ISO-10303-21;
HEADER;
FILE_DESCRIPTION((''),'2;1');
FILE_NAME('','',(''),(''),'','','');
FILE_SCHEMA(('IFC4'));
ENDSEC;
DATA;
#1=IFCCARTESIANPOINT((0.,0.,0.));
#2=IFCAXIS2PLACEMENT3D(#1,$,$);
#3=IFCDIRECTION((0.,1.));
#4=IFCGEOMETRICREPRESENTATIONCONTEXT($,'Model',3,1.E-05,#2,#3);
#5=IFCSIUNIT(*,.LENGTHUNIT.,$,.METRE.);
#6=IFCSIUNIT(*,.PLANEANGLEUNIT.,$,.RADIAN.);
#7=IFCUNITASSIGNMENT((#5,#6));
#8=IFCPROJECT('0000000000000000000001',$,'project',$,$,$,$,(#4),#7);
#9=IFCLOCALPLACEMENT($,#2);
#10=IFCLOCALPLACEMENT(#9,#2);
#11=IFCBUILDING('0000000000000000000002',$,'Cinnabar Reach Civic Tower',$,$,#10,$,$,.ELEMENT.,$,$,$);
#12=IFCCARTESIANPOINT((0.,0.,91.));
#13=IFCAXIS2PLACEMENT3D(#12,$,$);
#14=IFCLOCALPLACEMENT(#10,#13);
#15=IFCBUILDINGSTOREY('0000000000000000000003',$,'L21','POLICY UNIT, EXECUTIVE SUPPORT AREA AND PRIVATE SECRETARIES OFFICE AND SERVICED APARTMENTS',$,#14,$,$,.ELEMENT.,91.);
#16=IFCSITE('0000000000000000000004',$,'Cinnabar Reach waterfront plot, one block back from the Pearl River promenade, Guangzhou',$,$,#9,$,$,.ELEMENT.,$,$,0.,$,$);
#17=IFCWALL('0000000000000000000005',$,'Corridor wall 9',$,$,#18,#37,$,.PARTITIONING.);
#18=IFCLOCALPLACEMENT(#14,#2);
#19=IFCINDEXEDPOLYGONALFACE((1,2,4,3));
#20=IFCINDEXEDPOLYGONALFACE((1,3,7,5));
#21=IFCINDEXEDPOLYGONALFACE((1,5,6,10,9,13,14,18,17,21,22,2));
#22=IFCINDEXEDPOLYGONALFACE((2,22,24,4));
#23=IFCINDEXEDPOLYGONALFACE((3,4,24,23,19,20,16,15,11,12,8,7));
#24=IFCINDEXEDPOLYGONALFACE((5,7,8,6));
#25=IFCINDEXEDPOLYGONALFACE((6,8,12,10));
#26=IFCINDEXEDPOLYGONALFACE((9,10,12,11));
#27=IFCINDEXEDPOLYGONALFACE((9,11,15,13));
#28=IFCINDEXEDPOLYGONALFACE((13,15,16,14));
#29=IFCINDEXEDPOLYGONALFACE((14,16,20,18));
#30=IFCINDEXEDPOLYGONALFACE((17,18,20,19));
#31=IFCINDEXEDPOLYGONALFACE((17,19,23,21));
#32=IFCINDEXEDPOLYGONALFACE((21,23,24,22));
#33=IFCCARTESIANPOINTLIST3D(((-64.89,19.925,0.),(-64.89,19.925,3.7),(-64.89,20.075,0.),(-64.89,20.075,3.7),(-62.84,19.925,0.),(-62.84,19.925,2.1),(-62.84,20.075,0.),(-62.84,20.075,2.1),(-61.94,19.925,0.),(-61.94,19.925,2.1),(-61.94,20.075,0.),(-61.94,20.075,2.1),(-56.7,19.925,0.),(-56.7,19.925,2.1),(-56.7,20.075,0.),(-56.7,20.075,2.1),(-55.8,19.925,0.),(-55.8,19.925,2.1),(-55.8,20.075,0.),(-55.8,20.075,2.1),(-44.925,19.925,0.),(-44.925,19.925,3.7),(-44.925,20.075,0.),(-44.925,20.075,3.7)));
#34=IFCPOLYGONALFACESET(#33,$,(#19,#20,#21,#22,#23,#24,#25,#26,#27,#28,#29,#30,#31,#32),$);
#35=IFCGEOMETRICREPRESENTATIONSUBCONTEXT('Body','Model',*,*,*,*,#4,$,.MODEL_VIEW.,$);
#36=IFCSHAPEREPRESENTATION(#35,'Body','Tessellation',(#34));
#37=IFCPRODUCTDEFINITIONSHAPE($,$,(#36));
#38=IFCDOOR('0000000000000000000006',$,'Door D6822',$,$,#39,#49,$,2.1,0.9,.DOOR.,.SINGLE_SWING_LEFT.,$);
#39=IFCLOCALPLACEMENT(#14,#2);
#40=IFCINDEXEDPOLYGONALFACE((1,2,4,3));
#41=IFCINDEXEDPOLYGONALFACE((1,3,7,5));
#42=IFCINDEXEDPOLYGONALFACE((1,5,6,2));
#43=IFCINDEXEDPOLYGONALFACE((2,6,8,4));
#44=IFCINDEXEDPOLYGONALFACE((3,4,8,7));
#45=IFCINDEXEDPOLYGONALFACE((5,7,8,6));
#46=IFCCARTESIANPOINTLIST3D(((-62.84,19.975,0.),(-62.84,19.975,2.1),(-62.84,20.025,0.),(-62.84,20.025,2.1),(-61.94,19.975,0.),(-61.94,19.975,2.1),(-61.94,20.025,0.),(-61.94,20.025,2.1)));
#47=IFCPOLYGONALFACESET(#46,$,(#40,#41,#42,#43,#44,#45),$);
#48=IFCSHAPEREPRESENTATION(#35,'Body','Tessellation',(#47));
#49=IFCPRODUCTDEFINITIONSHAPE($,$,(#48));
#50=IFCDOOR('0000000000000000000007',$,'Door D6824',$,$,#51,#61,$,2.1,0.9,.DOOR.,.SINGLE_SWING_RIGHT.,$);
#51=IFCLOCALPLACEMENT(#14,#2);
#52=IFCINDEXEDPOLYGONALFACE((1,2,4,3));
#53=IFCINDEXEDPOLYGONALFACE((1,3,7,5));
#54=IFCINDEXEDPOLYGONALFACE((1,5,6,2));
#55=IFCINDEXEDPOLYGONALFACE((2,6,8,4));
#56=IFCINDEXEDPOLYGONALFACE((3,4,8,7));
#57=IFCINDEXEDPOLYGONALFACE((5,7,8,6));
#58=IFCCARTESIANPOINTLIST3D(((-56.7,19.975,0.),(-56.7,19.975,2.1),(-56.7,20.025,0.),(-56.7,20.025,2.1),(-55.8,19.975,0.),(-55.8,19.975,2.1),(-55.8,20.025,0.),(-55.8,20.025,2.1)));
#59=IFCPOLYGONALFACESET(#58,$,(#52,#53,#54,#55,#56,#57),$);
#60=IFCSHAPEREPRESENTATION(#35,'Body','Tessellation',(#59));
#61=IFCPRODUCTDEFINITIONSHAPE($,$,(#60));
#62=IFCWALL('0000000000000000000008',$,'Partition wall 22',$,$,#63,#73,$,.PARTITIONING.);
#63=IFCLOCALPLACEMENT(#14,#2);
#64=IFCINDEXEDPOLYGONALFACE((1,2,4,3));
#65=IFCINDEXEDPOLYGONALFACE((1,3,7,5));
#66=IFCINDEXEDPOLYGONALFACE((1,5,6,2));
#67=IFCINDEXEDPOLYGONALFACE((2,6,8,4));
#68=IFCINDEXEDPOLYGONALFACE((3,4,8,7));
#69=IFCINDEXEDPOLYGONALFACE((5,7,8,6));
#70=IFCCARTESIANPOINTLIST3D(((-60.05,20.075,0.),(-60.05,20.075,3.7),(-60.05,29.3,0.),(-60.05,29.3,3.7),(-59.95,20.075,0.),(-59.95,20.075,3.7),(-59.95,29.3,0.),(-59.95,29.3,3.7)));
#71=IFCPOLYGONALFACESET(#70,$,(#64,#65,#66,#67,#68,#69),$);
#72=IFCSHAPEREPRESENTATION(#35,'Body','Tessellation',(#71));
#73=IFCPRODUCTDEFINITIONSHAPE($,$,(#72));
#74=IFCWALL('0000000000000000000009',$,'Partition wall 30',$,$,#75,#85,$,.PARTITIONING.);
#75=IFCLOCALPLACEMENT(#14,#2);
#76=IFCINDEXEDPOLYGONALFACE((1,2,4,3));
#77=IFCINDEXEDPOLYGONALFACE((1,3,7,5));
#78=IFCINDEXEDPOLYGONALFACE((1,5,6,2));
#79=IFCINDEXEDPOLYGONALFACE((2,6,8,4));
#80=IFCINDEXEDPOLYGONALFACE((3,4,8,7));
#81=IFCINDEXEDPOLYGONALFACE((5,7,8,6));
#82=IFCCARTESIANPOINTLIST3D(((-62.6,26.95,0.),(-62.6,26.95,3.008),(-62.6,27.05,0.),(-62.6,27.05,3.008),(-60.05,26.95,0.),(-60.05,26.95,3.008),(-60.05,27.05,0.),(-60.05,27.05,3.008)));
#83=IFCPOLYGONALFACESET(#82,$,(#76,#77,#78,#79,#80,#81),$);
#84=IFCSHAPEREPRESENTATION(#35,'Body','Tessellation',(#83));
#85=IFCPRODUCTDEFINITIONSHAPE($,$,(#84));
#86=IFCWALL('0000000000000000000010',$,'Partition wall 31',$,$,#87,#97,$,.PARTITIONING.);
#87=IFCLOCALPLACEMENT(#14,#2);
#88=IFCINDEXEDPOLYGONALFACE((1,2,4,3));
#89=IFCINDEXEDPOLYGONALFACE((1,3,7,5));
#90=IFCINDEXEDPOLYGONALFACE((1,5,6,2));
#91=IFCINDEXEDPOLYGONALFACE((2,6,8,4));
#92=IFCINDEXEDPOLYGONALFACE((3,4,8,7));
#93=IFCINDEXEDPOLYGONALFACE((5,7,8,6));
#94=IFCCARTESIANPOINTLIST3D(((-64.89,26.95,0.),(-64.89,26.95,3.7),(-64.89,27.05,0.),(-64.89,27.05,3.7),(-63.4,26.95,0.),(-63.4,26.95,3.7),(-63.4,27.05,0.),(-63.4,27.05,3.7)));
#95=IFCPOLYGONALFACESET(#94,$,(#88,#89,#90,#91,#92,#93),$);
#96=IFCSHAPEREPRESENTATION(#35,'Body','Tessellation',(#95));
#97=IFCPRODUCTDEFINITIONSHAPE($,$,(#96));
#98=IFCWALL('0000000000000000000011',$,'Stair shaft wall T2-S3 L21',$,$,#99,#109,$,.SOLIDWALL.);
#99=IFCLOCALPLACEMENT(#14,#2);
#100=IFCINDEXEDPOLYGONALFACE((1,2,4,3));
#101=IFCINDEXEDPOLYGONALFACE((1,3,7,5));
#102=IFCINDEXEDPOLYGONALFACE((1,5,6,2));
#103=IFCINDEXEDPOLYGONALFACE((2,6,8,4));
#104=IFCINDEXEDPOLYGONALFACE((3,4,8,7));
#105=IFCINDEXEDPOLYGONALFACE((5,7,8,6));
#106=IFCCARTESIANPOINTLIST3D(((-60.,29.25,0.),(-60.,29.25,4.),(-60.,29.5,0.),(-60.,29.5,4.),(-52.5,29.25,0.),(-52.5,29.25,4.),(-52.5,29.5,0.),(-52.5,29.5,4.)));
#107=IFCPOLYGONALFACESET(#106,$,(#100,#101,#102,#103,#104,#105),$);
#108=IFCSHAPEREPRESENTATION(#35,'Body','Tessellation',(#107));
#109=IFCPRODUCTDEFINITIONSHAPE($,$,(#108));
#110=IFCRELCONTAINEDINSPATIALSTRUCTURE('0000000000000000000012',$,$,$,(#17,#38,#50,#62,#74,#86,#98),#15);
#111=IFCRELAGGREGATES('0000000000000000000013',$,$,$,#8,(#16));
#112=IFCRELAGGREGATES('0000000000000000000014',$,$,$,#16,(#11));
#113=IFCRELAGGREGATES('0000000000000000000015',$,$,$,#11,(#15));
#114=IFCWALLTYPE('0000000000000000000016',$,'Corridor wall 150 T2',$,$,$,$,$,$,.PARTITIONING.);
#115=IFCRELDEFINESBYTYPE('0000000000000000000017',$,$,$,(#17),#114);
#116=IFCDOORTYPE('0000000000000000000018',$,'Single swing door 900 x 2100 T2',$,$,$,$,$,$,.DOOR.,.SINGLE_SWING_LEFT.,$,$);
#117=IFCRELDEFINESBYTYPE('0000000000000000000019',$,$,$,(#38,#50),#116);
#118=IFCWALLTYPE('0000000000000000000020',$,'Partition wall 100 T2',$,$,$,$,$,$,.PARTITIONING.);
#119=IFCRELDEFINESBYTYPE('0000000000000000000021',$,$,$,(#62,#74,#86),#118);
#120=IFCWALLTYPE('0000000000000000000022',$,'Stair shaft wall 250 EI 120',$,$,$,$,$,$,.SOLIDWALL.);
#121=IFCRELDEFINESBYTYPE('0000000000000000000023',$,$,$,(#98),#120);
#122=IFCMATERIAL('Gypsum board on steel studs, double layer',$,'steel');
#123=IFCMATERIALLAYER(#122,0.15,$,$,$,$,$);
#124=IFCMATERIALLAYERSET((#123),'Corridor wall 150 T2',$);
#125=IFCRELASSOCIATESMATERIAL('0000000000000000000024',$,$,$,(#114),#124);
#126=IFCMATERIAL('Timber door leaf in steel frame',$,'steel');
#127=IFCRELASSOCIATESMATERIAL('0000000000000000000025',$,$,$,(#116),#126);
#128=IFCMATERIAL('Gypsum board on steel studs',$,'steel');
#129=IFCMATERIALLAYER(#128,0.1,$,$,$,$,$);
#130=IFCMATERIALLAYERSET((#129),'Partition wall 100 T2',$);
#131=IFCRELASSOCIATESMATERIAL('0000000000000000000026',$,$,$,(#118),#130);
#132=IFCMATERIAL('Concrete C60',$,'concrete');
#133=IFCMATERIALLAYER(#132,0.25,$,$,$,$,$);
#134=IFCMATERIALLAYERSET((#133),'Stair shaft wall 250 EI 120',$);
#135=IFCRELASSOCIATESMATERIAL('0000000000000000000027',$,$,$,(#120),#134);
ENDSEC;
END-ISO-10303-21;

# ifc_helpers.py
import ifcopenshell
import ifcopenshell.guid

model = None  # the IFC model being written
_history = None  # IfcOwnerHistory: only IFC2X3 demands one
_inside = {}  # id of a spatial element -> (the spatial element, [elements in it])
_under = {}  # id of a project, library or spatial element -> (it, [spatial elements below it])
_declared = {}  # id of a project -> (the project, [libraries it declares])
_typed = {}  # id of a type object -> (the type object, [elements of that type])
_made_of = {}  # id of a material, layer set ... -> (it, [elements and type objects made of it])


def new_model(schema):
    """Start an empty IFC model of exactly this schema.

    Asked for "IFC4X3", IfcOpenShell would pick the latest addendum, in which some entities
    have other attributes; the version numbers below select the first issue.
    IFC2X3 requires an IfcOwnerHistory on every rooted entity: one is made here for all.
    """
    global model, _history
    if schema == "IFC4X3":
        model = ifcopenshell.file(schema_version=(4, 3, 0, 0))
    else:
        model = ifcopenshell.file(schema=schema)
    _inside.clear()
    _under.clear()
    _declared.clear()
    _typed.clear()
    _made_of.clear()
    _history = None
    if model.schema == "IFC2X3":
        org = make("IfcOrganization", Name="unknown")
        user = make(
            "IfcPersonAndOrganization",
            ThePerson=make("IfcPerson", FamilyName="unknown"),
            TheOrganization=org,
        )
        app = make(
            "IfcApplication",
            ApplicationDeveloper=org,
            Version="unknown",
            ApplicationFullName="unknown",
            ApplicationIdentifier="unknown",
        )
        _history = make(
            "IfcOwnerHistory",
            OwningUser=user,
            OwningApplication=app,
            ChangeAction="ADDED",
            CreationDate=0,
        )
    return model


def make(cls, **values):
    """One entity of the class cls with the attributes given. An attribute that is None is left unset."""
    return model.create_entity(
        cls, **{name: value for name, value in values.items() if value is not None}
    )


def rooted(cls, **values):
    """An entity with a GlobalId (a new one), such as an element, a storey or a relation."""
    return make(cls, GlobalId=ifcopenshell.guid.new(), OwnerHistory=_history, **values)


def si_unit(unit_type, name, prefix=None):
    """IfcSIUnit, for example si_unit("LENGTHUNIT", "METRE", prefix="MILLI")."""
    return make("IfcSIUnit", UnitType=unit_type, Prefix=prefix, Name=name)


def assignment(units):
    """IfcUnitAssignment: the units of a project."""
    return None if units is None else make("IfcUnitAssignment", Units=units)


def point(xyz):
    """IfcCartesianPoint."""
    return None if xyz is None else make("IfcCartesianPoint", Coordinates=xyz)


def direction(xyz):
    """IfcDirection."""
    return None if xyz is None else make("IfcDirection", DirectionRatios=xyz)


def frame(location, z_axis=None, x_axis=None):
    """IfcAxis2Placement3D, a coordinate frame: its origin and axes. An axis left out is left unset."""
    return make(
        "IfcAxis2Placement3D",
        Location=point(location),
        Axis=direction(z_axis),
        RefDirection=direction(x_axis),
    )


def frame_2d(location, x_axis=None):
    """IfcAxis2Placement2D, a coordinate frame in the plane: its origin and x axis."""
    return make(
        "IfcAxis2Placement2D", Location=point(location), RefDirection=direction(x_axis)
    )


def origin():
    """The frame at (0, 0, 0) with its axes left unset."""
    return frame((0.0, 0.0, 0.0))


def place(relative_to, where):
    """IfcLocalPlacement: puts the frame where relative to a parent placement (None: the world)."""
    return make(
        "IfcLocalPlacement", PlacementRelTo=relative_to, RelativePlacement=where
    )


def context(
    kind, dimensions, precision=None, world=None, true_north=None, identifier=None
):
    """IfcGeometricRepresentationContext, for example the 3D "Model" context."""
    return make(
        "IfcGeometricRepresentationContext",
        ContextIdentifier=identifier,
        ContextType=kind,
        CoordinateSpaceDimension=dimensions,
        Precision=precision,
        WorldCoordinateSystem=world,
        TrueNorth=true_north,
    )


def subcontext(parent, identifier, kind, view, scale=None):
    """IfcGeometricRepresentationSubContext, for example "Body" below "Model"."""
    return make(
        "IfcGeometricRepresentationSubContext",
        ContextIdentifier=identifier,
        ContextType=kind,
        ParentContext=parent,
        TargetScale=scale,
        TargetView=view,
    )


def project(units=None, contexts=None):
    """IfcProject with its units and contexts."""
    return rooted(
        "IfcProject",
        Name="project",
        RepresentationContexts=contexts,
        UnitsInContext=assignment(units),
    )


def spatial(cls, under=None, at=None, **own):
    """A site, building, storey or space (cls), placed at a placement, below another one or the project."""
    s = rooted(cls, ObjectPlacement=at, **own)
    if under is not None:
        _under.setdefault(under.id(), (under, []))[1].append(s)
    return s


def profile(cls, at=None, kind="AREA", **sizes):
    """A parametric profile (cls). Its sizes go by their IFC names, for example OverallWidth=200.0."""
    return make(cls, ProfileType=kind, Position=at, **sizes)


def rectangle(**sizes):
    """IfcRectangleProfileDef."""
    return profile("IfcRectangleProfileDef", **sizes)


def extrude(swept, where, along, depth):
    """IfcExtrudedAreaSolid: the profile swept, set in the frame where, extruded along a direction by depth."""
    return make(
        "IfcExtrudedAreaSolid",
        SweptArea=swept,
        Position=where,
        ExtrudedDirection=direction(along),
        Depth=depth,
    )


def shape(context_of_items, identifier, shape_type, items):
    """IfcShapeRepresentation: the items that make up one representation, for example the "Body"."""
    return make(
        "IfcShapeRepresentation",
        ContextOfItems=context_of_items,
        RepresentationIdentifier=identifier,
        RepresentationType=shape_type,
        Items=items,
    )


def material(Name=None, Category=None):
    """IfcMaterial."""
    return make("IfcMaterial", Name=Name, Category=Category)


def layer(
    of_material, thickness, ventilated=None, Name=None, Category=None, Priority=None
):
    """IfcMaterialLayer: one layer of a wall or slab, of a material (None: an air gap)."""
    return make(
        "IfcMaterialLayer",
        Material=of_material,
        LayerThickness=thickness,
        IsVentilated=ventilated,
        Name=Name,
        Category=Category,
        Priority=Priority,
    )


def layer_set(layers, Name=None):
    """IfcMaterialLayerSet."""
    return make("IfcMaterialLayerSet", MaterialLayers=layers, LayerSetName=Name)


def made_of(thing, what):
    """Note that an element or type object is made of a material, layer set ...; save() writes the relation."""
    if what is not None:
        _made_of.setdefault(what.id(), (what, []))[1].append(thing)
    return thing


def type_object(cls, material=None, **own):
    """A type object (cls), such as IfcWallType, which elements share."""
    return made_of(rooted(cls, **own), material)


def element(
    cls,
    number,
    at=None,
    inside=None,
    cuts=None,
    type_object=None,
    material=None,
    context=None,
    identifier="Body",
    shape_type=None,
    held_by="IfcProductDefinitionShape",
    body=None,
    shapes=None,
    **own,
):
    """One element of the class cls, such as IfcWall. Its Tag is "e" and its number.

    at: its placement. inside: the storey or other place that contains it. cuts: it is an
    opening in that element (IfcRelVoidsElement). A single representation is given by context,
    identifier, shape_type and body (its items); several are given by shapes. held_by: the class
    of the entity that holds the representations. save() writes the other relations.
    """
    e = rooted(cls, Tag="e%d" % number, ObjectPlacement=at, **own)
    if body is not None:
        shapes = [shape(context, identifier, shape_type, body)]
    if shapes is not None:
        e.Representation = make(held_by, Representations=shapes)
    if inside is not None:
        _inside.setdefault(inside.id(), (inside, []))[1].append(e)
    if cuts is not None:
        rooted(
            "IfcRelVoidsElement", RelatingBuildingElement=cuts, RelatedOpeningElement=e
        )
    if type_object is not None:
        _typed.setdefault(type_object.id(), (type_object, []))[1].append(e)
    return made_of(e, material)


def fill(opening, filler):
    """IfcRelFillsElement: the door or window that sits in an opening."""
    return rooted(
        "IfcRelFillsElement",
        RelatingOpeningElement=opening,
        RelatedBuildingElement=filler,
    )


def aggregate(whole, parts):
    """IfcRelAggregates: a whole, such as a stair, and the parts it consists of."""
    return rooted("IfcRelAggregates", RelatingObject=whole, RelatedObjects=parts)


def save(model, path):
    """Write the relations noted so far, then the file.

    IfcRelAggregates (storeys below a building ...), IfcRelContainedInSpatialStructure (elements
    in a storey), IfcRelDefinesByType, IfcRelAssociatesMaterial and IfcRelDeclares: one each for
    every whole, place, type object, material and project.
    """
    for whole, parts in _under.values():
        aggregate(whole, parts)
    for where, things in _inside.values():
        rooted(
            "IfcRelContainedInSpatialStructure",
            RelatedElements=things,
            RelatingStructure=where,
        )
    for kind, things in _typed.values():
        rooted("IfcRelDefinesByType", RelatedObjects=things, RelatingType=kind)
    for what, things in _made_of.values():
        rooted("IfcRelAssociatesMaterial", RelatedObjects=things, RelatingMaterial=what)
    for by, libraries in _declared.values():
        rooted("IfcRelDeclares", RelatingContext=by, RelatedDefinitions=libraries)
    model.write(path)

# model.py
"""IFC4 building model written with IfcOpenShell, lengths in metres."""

from ifc_helpers import new_model, si_unit, direction, frame, frame_2d, origin, place, context, subcontext, project, spatial, rectangle, extrude, material, layer, layer_set, type_object, element, fill, save


model = new_model("IFC4")

# Units and contexts
model_context = context("Model", 3, precision=1e-05, world=origin(), true_north=direction((0.0, 1.0)))
body_context = subcontext(model_context, "Body", "Model", "MODEL_VIEW")
ifc_project = project(units=[si_unit("LENGTHUNIT", "METRE"), si_unit("PLANEANGLEUNIT", "RADIAN")], contexts=[model_context])

# Site, building, storey
site_placement = place(None, origin())
site = spatial("IfcSite", under=ifc_project, at=site_placement, Name="Cinnabar Reach waterfront plot, one block back from the Pearl River promenade, Guangzhou", CompositionType="ELEMENT", RefElevation=0.0)
building_placement = place(site_placement, origin())
building = spatial("IfcBuilding", under=site, at=building_placement, Name="Cinnabar Reach Civic Tower", CompositionType="ELEMENT")
storey_placement = place(building_placement, frame((0.0, 0.0, 91.0)))
storey = spatial("IfcBuildingStorey", under=building, at=storey_placement, Name="L21", Description="POLICY UNIT, EXECUTIVE SUPPORT AREA AND PRIVATE SECRETARIES OFFICE AND SERVICED APARTMENTS", CompositionType="ELEMENT", Elevation=91.0)

# Shared definitions
ifc_material_1 = material(Name="Concrete C60", Category="concrete")

# Shared definitions
ifc_material_2 = material(Name="Gypsum board on steel studs, double layer", Category="steel")
ifc_layer_1 = layer(ifc_material_2, 0.15)
ifc_layer_set_1 = layer_set([ifc_layer_1], Name="Corridor wall 150 T2")
wall_type_1 = type_object("IfcWallType", Name="Corridor wall 150 T2", PredefinedType="PARTITIONING", material=ifc_layer_set_1)
ifc_material_3 = material(Name="Timber door leaf in steel frame", Category="steel")
door_type = type_object("IfcDoorType", Name="Single swing door 900 x 2100 T2", OperationType="SINGLE_SWING_LEFT", PredefinedType="DOOR", material=ifc_material_3)

# Wall, openings, doors
wall_1_placement = place(storey_placement, frame((-64.89, 20.0, 0.0), z_axis=(0.0, 0.0, 1.0), x_axis=(1.0, 0.0, 0.0)))
wall_1 = element("IfcWall", 1, at=wall_1_placement, inside=storey, type_object=wall_type_1, Name="Corridor wall 9", PredefinedType="PARTITIONING", context=body_context, shape_type="SweptSolid", body=[
    extrude(rectangle(XDim=19.965, YDim=0.15, at=frame_2d((9.9825, 0.0))), origin(), (0.0, 0.0, 1.0), 3.7),
])
opening_1_placement = place(wall_1_placement, frame((2.05, 0.0, 0.0)))
opening_1 = element("IfcOpeningElement", 2, at=opening_1_placement, cuts=wall_1, PredefinedType="OPENING", context=body_context, shape_type="SweptSolid", body=[
    extrude(rectangle(XDim=0.9, YDim=2.1, at=frame_2d((0.45, 1.05))), frame((0.0, 0.085, 0.0), z_axis=(0.0, -1.0, 0.0), x_axis=(1.0, 0.0, 0.0)), (0.0, 0.0, 1.0), 0.17),
])
opening_2_placement = place(wall_1_placement, frame((8.19, 0.0, 0.0)))
opening_2 = element("IfcOpeningElement", 3, at=opening_2_placement, cuts=wall_1, PredefinedType="OPENING", context=body_context, shape_type="SweptSolid", body=[
    extrude(rectangle(XDim=0.9, YDim=2.1, at=frame_2d((0.45, 1.05))), frame((0.0, 0.085, 0.0), z_axis=(0.0, -1.0, 0.0), x_axis=(1.0, 0.0, 0.0)), (0.0, 0.0, 1.0), 0.17),
])
door_1_placement = place(opening_1_placement, origin())
door_1 = element("IfcDoor", 4, at=door_1_placement, inside=storey, type_object=door_type, Name="Door D6822", OperationType="SINGLE_SWING_LEFT", OverallHeight=2.1, OverallWidth=0.9, PredefinedType="DOOR", context=body_context, shape_type="SweptSolid", body=[
    extrude(rectangle(XDim=0.9, YDim=2.1, at=frame_2d((0.45, 1.05))), frame((0.0, 0.025, 0.0), z_axis=(0.0, -1.0, 0.0), x_axis=(1.0, 0.0, 0.0)), (0.0, 0.0, 1.0), 0.05),
])
fill(opening_1, door_1)
door_2_placement = place(opening_2_placement, origin())
door_2 = element("IfcDoor", 5, at=door_2_placement, inside=storey, type_object=door_type, Name="Door D6824", OperationType="SINGLE_SWING_RIGHT", OverallHeight=2.1, OverallWidth=0.9, PredefinedType="DOOR", context=body_context, shape_type="SweptSolid", body=[
    extrude(rectangle(XDim=0.9, YDim=2.1, at=frame_2d((0.45, 1.05))), frame((0.0, 0.025, 0.0), z_axis=(0.0, -1.0, 0.0), x_axis=(1.0, 0.0, 0.0)), (0.0, 0.0, 1.0), 0.05),
])
fill(opening_2, door_2)

# Walls
ifc_material_4 = material(Name="Gypsum board on steel studs", Category="steel")
ifc_layer_2 = layer(ifc_material_4, 0.1)
ifc_layer_set_2 = layer_set([ifc_layer_2], Name="Partition wall 100 T2")
wall_type_2 = type_object("IfcWallType", Name="Partition wall 100 T2", PredefinedType="PARTITIONING", material=ifc_layer_set_2)
wall_2_placement = place(storey_placement, frame((-60.0, 20.075, 0.0), z_axis=(0.0, 0.0, 1.0), x_axis=(0.0, 1.0, 0.0)))
element("IfcWall", 6, at=wall_2_placement, inside=storey, type_object=wall_type_2, Name="Partition wall 22", PredefinedType="PARTITIONING", context=body_context, shape_type="SweptSolid", body=[
    extrude(rectangle(XDim=9.225, YDim=0.1, at=frame_2d((4.6125, 0.0))), origin(), (0.0, 0.0, 1.0), 3.7),
])
wall_3_placement = place(storey_placement, frame((-62.6, 27.0, 0.0), z_axis=(0.0, 0.0, 1.0), x_axis=(1.0, 0.0, 0.0)))
element("IfcWall", 7, at=wall_3_placement, inside=storey, type_object=wall_type_2, Name="Partition wall 30", PredefinedType="PARTITIONING", context=body_context, shape_type="SweptSolid", body=[
    extrude(rectangle(XDim=2.55, YDim=0.1, at=frame_2d((1.275, 0.0))), origin(), (0.0, 0.0, 1.0), 3.008),
])
wall_4_placement = place(storey_placement, frame((-64.89, 27.0, 0.0), z_axis=(0.0, 0.0, 1.0), x_axis=(1.0, 0.0, 0.0)))
element("IfcWall", 8, at=wall_4_placement, inside=storey, type_object=wall_type_2, Name="Partition wall 31", PredefinedType="PARTITIONING", context=body_context, shape_type="SweptSolid", body=[
    extrude(rectangle(XDim=1.49, YDim=0.1, at=frame_2d((0.745, 0.0))), origin(), (0.0, 0.0, 1.0), 3.7),
])
ifc_layer_3 = layer(ifc_material_1, 0.25)
ifc_layer_set_3 = layer_set([ifc_layer_3], Name="Stair shaft wall 250 EI 120")
wall_type_3 = type_object("IfcWallType", Name="Stair shaft wall 250 EI 120", PredefinedType="SOLIDWALL", material=ifc_layer_set_3)
wall_5_placement = place(storey_placement, frame((-60.0, 29.375, 0.0), z_axis=(0.0, 0.0, 1.0), x_axis=(1.0, 0.0, 0.0)))
element("IfcWall", 9, at=wall_5_placement, inside=storey, type_object=wall_type_3, Name="Stair shaft wall T2-S3 L21", PredefinedType="SOLIDWALL", context=body_context, shape_type="SweptSolid", body=[
    extrude(rectangle(XDim=7.5, YDim=0.25, at=frame_2d((3.75, 0.0))), origin(), (0.0, 0.0, 1.0), 4.0),
])

save(model, "model.ifc")
